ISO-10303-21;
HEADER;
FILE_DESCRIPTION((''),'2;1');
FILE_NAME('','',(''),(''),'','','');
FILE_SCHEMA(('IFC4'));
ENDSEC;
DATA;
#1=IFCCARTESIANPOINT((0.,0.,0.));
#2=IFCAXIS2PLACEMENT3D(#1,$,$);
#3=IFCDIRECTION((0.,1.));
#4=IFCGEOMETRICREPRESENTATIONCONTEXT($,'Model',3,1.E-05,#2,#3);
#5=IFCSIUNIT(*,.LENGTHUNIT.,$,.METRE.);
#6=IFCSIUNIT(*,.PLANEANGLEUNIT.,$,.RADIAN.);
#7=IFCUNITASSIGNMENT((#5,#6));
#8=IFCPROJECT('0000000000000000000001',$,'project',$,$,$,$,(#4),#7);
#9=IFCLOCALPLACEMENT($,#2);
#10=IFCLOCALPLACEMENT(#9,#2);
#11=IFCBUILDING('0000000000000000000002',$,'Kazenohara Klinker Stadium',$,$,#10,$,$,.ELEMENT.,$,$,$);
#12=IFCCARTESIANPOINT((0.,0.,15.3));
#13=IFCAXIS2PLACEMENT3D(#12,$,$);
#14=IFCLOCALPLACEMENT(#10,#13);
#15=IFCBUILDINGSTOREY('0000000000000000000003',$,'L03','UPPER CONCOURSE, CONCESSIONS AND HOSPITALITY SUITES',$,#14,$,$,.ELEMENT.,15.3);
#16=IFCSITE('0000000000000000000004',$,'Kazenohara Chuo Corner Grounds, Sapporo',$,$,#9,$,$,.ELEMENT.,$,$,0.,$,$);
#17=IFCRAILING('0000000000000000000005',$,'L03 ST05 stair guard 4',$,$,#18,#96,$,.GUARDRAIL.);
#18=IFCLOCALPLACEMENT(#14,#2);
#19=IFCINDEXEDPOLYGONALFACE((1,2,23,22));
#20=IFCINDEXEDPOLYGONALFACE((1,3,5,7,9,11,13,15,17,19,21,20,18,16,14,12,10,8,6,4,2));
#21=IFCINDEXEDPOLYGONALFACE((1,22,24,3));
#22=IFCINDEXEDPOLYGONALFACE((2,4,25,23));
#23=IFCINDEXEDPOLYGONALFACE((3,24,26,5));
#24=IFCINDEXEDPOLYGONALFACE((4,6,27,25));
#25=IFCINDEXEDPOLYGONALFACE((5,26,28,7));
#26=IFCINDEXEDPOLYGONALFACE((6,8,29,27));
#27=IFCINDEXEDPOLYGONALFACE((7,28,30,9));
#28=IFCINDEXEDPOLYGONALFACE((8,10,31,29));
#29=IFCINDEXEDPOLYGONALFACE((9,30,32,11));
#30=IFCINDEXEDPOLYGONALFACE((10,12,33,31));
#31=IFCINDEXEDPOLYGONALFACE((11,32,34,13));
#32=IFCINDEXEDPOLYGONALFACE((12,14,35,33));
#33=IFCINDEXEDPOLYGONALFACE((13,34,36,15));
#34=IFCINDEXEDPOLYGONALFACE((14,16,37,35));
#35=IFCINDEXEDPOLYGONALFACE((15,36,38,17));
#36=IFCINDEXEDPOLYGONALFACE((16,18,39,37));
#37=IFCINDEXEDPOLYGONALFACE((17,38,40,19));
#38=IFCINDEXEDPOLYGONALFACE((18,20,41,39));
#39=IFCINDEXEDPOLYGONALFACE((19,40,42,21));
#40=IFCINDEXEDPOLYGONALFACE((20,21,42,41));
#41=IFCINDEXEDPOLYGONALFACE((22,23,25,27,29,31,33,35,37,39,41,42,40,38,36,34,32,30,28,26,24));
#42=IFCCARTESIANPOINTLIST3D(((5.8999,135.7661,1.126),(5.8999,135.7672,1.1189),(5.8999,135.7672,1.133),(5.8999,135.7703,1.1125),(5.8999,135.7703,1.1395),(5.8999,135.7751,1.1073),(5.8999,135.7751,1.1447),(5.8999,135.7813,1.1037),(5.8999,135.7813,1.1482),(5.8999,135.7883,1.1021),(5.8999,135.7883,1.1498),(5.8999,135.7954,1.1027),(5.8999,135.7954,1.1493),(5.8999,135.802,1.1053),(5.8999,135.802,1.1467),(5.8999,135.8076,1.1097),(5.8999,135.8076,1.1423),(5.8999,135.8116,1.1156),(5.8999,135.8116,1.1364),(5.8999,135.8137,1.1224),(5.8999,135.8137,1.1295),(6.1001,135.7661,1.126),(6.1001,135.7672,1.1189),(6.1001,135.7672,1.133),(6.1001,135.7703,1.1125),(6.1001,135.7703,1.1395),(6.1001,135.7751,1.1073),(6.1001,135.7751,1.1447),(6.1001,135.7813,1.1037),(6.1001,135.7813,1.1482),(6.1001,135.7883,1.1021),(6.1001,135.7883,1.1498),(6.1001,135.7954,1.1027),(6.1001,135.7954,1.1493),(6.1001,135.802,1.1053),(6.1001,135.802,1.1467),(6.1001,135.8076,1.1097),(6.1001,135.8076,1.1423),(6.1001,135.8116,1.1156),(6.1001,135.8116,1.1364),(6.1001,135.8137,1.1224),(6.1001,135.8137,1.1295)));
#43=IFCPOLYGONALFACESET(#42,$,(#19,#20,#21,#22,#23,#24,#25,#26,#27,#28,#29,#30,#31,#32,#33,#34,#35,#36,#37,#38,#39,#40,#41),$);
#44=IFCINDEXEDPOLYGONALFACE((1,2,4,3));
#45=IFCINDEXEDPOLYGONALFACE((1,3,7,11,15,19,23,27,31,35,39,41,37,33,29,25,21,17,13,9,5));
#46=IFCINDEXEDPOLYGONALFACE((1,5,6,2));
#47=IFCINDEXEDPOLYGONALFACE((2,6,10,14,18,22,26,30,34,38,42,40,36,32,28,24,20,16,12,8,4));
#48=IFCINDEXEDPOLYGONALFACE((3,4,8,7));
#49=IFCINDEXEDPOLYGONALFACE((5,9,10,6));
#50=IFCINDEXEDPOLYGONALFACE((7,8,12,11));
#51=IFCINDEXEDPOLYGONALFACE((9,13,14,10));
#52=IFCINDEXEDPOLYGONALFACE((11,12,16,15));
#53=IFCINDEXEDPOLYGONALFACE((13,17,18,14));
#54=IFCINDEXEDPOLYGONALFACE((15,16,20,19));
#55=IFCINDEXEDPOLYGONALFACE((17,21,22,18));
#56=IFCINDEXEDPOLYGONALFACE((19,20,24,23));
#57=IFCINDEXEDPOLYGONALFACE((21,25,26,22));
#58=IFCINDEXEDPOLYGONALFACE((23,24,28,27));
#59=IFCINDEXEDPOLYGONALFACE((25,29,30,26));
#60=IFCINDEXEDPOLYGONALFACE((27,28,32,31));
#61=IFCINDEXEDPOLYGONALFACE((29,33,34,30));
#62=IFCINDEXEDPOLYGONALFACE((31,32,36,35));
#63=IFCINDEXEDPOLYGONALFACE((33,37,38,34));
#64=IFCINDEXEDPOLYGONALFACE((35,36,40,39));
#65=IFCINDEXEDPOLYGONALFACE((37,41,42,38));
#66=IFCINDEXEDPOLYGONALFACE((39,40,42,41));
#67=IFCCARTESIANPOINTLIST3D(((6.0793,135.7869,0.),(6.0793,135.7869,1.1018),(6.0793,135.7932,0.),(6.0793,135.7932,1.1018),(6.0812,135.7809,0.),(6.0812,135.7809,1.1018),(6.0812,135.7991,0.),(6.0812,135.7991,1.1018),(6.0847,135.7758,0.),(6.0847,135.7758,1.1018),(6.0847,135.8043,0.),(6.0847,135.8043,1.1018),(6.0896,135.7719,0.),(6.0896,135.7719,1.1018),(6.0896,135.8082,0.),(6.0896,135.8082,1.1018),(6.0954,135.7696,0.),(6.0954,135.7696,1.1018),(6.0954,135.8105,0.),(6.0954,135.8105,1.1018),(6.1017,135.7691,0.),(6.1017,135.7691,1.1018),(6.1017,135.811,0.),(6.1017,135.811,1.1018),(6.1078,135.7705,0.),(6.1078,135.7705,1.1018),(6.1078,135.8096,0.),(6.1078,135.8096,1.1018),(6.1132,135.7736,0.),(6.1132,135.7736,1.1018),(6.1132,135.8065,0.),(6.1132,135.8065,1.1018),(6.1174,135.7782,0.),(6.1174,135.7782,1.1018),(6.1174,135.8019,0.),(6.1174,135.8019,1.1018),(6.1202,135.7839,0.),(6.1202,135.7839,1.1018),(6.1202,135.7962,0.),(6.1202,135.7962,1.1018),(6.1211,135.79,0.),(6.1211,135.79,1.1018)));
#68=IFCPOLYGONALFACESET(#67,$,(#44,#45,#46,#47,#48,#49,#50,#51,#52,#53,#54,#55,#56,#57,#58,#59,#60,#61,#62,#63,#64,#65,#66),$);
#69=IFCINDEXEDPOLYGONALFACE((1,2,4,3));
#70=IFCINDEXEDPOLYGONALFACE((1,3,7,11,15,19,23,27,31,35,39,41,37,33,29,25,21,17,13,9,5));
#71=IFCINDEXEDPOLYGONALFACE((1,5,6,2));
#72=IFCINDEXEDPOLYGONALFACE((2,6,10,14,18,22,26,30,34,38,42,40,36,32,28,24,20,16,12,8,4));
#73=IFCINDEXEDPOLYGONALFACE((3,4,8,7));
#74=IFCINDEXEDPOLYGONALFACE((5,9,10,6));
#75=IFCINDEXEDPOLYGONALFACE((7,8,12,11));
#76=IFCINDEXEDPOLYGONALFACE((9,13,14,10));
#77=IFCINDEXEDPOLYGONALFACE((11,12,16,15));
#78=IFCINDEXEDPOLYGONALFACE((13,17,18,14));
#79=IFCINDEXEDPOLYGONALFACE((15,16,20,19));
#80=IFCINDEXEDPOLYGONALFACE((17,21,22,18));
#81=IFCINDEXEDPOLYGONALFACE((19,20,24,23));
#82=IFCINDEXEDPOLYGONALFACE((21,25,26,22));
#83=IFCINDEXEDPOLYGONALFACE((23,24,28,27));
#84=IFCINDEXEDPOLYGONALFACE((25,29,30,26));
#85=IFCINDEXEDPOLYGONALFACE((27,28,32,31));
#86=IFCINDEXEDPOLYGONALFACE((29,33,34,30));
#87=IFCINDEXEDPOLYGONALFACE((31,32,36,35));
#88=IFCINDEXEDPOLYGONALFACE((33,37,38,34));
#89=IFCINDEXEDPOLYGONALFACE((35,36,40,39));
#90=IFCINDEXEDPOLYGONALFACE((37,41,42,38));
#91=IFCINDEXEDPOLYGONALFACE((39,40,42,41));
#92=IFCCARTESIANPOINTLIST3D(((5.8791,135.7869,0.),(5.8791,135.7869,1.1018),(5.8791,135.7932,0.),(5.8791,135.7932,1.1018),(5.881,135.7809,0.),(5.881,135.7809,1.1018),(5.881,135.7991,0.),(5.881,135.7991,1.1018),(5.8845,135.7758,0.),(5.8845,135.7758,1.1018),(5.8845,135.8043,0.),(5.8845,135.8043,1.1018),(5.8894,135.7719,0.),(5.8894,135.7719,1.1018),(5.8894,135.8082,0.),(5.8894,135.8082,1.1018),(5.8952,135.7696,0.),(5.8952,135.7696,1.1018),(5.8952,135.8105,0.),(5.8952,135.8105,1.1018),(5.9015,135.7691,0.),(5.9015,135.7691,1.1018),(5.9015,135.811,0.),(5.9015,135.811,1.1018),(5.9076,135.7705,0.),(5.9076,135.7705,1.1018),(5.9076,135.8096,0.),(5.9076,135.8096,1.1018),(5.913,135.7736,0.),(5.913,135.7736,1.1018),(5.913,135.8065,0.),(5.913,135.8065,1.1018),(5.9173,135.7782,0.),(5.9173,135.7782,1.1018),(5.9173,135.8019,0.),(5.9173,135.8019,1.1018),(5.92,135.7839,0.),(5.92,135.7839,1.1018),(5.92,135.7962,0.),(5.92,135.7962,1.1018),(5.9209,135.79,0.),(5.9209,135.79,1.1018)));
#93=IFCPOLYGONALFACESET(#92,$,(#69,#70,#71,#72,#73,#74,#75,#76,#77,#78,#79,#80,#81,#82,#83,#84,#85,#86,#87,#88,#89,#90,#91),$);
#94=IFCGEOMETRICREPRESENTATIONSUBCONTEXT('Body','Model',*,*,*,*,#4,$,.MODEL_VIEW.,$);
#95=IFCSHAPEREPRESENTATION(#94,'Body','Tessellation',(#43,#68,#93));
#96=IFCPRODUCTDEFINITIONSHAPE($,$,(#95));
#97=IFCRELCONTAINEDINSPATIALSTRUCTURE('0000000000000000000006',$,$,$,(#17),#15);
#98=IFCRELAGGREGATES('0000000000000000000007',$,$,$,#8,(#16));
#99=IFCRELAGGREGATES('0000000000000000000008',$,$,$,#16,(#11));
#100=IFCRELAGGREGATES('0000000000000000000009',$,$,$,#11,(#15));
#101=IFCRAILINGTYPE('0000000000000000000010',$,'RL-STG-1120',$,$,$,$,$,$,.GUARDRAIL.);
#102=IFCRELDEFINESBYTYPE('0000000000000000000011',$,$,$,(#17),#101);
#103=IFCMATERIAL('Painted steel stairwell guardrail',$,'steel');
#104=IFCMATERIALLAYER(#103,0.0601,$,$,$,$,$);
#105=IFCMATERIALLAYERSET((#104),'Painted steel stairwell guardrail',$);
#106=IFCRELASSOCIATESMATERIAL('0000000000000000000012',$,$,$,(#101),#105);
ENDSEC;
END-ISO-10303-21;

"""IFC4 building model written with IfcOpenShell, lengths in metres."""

from ifc_helpers import new_model, si_unit, direction, frame, origin, origin_2d, place, context, subcontext, project, spatial, circle, extrude, material, layer, layer_set, type_object, element, save


model = new_model("IFC4")

# Units and contexts
model_context = context("Model", 3, precision=1e-05, world=origin(), true_north=direction((0.0, 1.0)))
body_context = subcontext(model_context, "Body", "Model", "MODEL_VIEW")
ifc_project = project(units=[si_unit("LENGTHUNIT", "METRE"), si_unit("PLANEANGLEUNIT", "RADIAN")], contexts=[model_context])

# Site, building, storey
site_placement = place(None, origin())
site = spatial("IfcSite", under=ifc_project, at=site_placement, Name="Kazenohara Chuo Corner Grounds, Sapporo", CompositionType="ELEMENT", RefElevation=0.0)
building_placement = place(site_placement, origin())
building = spatial("IfcBuilding", under=site, at=building_placement, Name="Kazenohara Klinker Stadium", CompositionType="ELEMENT")
storey_placement = place(building_placement, frame((0.0, 0.0, 15.3)))
storey = spatial("IfcBuildingStorey", under=building, at=storey_placement, Name="L03", Description="UPPER CONCOURSE, CONCESSIONS AND HOSPITALITY SUITES", CompositionType="ELEMENT", Elevation=15.3)

# Railing
ifc_material_1 = material(Name="Painted steel stairwell guardrail", Category="steel")
ifc_layer_1 = layer(ifc_material_1, 0.0601)
ifc_layer_set_1 = layer_set([ifc_layer_1], Name="Painted steel stairwell guardrail")
railing_type_1 = type_object("IfcRailingType", Name="RL-STG-1120", PredefinedType="GUARDRAIL", material=ifc_layer_set_1)
railing_1_placement = place(storey_placement, frame((6.1001, 135.79, 0.0)))
element("IfcRailing", 1, at=railing_1_placement, inside=storey, type_object=railing_type_1, Name="L03 ST05 stair guard 4", PredefinedType="GUARDRAIL", context=body_context, shape_type="SweptSolid", body=[
    extrude(circle(Radius=0.0239, at=origin_2d()), frame((0.0, 0.0, 1.126), z_axis=(-1.0, 0.0, 0.0), x_axis=(0.0, -1.0, 0.0)), (0.0, 0.0, 1.0), 0.2002),
    extrude(circle(Radius=0.021, at=origin_2d()), origin(), (0.0, 0.0, 1.0), 1.1018),
    extrude(circle(Radius=0.021, at=origin_2d()), frame((-0.2002, 0.0, 0.0)), (0.0, 0.0, 1.0), 1.1018),
])

save(model, "model.ifc")
